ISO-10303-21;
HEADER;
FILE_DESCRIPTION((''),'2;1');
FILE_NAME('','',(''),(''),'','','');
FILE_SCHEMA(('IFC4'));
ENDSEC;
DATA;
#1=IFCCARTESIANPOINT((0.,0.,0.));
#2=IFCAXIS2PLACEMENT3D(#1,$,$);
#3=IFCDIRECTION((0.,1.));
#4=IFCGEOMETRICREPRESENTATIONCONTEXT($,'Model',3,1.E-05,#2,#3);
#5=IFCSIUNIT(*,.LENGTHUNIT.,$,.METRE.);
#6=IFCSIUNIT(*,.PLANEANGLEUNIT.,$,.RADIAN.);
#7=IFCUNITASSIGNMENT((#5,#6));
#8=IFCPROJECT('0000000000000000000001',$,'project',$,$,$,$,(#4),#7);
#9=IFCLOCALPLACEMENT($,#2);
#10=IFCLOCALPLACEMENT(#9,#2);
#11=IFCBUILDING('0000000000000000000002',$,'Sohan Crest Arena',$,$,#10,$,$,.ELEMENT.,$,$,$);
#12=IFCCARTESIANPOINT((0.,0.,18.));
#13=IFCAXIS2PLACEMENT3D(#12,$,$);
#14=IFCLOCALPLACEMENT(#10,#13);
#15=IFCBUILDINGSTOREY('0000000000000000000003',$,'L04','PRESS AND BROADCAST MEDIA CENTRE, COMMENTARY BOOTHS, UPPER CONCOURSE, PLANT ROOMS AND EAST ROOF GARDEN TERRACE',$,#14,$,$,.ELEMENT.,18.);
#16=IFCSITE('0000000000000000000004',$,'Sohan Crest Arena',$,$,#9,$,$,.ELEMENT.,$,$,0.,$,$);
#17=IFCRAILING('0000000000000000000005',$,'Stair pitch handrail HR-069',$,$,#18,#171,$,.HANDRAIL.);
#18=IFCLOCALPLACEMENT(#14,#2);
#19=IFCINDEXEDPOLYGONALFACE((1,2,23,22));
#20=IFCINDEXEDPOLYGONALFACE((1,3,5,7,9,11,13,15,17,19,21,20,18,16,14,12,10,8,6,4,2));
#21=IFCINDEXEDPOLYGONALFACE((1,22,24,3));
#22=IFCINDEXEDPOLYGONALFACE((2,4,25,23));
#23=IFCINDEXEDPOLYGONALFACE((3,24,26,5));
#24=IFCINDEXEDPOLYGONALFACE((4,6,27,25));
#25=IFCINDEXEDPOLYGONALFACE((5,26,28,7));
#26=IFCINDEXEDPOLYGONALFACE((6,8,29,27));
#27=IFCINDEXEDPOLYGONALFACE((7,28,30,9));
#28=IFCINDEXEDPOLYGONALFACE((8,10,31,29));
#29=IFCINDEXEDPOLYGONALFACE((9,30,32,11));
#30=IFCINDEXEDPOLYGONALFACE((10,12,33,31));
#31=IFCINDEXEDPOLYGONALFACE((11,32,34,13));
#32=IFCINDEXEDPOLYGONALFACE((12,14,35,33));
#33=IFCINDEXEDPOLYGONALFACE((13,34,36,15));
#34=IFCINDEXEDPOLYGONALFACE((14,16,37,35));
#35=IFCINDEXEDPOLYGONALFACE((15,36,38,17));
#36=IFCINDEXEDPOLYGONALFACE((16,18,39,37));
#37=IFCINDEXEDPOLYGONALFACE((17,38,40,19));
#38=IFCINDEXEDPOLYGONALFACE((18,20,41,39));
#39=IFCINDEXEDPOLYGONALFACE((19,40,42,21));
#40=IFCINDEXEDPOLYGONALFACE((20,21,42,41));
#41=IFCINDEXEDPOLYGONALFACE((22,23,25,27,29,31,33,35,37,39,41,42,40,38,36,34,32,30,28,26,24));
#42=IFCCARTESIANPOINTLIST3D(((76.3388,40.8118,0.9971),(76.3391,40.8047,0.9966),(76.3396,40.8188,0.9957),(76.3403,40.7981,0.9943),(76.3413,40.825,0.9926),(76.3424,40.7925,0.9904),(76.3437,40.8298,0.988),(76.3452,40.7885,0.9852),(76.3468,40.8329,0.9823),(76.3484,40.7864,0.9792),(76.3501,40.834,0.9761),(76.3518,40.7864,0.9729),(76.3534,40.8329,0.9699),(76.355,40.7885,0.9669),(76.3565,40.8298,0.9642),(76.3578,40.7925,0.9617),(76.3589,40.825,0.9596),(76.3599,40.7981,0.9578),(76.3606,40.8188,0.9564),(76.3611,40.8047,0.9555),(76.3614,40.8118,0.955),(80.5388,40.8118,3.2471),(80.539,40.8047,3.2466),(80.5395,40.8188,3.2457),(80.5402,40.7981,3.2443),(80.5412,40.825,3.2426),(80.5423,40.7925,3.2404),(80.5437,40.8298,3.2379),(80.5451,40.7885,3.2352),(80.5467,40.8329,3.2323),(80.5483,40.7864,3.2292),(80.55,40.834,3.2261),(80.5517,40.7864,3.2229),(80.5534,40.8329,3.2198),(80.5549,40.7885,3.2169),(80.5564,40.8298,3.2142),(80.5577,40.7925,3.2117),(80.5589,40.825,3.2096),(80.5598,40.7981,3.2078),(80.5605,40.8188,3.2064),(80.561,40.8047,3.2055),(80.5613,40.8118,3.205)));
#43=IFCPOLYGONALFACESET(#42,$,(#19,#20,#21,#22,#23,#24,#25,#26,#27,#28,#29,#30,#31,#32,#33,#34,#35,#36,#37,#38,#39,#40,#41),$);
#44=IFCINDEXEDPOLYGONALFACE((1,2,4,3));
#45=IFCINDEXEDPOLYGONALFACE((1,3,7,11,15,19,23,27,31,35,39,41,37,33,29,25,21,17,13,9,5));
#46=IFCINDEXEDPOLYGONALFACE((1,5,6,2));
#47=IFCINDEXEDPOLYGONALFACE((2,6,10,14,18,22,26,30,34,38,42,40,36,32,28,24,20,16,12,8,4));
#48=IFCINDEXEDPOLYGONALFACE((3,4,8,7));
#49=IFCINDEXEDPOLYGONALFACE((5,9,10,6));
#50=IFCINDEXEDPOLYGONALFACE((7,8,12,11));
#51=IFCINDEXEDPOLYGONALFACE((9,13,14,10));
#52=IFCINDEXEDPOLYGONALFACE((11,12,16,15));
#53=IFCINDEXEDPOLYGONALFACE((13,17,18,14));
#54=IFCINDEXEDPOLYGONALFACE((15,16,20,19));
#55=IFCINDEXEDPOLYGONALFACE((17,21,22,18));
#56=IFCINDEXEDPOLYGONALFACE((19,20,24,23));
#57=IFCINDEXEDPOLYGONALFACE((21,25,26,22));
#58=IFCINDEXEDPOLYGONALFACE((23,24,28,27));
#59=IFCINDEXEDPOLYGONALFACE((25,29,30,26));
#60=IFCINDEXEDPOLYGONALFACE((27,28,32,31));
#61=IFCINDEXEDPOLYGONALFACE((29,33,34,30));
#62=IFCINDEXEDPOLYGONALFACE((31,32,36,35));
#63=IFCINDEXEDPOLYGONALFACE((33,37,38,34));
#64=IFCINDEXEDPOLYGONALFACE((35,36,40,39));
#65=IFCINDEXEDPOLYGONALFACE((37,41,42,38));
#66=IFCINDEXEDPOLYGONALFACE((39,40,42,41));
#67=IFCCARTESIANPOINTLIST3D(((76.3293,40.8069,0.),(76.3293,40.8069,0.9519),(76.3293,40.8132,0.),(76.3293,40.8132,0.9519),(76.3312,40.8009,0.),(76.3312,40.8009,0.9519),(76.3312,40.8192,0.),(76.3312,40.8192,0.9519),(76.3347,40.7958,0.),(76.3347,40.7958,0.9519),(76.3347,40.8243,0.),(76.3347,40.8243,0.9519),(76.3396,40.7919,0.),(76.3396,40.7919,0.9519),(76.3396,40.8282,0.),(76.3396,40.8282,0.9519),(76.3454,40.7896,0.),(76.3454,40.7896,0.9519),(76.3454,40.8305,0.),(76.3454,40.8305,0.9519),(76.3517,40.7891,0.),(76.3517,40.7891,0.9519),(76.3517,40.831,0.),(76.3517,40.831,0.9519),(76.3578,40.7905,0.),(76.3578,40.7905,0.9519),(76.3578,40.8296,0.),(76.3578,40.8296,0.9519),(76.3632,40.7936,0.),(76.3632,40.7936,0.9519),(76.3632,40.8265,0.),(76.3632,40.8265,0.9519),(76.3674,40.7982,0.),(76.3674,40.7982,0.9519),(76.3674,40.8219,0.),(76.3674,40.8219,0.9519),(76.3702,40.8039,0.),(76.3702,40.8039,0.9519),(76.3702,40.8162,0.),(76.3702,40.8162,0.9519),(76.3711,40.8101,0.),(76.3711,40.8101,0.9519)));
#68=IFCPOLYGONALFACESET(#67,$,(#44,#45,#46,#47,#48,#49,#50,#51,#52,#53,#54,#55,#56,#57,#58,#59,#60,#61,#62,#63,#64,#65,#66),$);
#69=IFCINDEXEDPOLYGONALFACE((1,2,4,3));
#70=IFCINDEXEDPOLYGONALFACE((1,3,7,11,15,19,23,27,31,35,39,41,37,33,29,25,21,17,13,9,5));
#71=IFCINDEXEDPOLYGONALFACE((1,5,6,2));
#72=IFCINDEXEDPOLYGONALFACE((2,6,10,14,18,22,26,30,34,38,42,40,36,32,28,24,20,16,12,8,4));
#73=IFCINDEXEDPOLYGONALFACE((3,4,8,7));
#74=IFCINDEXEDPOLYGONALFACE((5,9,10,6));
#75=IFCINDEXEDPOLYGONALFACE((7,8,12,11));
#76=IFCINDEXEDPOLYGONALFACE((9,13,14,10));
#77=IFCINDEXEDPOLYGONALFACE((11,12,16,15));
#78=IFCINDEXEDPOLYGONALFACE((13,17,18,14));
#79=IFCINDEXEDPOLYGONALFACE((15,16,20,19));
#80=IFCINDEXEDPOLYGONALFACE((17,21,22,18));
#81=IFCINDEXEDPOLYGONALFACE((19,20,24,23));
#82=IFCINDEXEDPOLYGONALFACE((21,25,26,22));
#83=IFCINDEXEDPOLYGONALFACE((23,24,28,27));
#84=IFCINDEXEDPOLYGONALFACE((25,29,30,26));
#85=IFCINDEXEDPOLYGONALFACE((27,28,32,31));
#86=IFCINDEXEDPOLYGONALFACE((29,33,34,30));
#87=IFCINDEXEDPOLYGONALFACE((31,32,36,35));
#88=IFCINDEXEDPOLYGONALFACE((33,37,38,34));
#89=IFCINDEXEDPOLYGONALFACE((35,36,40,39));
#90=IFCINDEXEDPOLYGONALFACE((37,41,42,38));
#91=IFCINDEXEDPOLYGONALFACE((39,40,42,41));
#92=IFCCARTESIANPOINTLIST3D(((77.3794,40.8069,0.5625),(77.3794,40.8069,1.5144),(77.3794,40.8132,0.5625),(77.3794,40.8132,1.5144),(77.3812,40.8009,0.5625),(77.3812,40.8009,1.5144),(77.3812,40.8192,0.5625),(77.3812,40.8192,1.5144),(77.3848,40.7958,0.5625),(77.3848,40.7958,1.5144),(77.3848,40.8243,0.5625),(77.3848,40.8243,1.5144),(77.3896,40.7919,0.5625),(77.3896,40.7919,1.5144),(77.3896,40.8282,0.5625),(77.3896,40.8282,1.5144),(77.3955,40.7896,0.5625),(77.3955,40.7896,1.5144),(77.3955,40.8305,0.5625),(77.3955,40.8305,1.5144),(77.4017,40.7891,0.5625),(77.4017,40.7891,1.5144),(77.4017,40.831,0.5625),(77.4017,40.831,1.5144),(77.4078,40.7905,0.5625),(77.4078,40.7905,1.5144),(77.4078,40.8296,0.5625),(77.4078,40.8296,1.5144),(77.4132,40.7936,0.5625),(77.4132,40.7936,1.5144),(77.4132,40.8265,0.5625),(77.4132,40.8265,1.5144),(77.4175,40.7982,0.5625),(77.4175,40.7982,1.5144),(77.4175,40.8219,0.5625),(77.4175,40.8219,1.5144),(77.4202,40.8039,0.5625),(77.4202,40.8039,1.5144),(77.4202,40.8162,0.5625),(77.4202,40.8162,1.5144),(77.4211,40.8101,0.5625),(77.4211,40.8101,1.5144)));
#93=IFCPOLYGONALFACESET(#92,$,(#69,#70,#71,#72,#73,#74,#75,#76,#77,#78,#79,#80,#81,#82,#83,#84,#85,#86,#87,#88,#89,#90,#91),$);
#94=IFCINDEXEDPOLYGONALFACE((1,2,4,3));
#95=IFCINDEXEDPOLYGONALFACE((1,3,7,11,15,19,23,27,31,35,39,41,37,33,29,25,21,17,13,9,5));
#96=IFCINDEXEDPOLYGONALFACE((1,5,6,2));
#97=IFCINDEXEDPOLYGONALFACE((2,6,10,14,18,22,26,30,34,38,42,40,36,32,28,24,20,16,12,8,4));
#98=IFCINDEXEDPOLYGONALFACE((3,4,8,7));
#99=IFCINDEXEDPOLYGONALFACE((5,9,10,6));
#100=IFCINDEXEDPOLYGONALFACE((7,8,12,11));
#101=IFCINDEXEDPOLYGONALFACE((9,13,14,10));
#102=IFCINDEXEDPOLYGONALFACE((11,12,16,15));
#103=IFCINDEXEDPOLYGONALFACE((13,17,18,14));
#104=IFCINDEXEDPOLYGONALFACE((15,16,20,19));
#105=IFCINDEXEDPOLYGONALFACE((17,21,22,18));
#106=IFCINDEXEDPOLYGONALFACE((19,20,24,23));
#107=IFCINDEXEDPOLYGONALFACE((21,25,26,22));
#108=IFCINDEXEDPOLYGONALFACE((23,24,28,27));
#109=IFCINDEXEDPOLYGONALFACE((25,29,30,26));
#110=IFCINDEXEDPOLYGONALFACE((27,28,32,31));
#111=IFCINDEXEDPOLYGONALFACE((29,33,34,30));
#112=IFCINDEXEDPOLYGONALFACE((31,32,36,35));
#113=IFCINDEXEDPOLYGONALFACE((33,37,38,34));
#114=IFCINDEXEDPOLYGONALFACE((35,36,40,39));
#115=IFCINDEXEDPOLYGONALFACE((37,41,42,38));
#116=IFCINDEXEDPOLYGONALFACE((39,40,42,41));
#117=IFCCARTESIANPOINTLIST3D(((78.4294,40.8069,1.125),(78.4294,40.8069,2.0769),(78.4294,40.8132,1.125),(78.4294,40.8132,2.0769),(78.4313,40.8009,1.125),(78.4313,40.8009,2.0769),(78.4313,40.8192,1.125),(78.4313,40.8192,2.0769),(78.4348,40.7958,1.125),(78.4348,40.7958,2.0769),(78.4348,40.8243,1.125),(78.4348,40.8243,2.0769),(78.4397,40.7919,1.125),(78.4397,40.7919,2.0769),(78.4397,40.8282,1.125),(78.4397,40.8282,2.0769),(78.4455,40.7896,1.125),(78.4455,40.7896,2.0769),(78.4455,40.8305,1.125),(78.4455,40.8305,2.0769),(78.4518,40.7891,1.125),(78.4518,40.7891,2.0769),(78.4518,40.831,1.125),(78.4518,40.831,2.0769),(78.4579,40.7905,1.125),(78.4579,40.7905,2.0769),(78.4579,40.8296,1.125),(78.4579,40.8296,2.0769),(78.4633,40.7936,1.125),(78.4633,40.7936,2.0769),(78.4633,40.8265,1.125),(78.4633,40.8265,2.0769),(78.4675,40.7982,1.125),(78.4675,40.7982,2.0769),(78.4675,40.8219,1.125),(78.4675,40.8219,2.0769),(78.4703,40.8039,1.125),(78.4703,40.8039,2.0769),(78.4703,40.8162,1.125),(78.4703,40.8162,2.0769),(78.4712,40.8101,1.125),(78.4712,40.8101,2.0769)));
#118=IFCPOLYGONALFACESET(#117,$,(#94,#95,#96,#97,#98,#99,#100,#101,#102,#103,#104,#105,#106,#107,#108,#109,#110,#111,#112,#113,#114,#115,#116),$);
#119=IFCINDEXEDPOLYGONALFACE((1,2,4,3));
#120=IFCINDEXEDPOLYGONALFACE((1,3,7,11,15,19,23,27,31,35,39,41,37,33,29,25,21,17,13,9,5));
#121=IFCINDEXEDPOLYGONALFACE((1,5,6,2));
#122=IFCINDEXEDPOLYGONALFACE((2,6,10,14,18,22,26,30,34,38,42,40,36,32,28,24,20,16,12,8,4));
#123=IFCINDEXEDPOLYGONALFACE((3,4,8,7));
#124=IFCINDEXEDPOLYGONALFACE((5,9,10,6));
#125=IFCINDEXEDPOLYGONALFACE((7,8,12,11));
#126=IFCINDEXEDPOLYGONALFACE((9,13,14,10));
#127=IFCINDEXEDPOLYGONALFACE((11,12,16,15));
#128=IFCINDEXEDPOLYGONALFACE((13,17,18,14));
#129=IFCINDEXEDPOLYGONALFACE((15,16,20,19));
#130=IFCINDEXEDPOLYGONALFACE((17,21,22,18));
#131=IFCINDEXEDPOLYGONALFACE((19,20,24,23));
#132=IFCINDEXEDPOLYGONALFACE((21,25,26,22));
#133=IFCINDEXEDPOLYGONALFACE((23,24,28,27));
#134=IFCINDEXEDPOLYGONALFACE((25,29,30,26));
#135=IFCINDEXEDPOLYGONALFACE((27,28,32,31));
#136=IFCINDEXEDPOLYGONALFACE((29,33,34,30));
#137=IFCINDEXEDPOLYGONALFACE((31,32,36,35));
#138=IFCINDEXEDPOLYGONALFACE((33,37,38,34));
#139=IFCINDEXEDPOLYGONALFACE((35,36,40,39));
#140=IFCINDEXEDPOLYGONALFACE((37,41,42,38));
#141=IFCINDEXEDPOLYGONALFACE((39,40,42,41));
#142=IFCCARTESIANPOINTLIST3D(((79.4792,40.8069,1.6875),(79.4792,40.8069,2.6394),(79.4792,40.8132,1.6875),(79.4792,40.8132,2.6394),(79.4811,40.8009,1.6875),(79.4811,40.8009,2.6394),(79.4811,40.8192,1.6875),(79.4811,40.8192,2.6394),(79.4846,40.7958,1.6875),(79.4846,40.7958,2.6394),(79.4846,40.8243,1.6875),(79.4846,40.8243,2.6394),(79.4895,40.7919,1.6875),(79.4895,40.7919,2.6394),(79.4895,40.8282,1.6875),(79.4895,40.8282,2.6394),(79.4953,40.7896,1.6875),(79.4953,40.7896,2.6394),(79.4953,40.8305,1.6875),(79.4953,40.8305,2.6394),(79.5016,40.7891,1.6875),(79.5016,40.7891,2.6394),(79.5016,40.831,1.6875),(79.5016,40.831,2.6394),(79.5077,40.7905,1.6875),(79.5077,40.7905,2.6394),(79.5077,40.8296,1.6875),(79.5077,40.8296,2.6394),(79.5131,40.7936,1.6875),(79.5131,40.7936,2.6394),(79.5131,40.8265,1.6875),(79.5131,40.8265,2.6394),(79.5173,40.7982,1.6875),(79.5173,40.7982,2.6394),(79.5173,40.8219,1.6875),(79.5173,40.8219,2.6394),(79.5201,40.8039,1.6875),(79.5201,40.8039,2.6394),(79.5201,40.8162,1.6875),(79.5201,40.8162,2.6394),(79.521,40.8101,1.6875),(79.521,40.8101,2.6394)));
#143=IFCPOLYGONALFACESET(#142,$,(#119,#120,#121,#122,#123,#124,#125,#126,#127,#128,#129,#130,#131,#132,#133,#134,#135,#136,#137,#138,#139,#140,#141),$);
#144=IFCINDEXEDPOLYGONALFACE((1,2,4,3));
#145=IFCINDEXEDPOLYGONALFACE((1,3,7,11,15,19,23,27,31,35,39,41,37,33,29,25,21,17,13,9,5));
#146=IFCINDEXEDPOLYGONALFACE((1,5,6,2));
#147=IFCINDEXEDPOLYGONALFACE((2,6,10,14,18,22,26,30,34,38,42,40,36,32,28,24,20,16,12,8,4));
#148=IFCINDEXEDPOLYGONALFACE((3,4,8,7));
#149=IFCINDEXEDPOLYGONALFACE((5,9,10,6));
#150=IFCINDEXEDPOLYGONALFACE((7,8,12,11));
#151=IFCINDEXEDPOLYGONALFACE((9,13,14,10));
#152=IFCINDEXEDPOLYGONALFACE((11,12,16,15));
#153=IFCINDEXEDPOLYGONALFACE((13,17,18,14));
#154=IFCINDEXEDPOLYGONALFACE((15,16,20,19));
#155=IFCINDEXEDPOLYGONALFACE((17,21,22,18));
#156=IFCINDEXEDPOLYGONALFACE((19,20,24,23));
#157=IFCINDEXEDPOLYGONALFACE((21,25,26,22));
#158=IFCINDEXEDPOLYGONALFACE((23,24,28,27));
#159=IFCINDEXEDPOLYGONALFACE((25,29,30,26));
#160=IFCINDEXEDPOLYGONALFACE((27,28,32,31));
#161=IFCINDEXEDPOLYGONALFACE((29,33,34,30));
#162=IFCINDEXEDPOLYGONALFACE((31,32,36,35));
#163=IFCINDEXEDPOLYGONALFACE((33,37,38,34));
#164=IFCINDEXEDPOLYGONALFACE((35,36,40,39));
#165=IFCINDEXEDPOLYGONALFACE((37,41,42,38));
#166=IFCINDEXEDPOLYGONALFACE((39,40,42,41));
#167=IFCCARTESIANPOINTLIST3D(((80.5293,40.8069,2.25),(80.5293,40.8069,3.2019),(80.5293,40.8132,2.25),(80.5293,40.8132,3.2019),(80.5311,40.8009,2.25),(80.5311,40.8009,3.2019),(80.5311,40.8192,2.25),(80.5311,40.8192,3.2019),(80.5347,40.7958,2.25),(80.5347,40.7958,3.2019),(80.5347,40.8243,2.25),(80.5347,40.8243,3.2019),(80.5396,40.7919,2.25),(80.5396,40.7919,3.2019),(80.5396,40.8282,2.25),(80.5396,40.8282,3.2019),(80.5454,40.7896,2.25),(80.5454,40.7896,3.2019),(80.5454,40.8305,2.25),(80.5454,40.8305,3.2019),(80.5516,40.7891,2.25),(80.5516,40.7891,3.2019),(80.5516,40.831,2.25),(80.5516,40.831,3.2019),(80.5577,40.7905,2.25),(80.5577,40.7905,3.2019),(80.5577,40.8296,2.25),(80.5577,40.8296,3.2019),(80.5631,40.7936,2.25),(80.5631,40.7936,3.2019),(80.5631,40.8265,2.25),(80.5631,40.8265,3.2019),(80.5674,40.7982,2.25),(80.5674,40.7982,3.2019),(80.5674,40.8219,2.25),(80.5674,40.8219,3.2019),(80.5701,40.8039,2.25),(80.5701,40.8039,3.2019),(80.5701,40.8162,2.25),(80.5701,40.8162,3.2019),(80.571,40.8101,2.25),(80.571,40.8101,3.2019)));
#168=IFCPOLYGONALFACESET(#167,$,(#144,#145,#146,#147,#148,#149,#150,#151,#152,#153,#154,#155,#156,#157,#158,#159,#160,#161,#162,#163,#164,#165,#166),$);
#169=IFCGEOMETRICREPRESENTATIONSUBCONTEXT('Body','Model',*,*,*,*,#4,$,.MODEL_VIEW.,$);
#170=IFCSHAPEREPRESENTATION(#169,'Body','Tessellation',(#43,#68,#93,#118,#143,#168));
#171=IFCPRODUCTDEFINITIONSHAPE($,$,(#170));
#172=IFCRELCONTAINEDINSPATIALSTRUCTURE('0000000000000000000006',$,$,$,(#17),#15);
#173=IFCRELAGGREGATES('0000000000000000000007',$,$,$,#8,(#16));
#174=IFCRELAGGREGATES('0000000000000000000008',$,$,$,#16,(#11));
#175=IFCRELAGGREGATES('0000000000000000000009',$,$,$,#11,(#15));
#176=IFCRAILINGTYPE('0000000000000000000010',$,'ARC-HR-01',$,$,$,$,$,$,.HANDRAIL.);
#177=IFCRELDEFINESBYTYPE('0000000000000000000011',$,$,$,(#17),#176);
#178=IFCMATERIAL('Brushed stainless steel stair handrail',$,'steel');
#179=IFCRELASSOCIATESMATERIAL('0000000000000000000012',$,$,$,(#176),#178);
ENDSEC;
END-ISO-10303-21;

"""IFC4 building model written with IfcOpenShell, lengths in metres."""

from ifc_helpers import new_model, si_unit, direction, frame, origin, origin_2d, place, context, subcontext, project, spatial, circle, extrude, material, type_object, element, save


model = new_model("IFC4")

# Units and contexts
model_context = context("Model", 3, precision=1e-05, world=origin(), true_north=direction((0.0, 1.0)))
body_context = subcontext(model_context, "Body", "Model", "MODEL_VIEW")
ifc_project = project(units=[si_unit("LENGTHUNIT", "METRE"), si_unit("PLANEANGLEUNIT", "RADIAN")], contexts=[model_context])

# Site, building, storey
site_placement = place(None, origin())
site = spatial("IfcSite", under=ifc_project, at=site_placement, Name="Sohan Crest Arena", CompositionType="ELEMENT", RefElevation=0.0)
building_placement = place(site_placement, origin())
building = spatial("IfcBuilding", under=site, at=building_placement, Name="Sohan Crest Arena", CompositionType="ELEMENT")
storey_placement = place(building_placement, frame((0.0, 0.0, 18.0)))
storey = spatial("IfcBuildingStorey", under=building, at=storey_placement, Name="L04", Description="PRESS AND BROADCAST MEDIA CENTRE, COMMENTARY BOOTHS, UPPER CONCOURSE, PLANT ROOMS AND EAST ROOF GARDEN TERRACE", CompositionType="ELEMENT", Elevation=18.0)

# Railing
ifc_material_1 = material(Name="Brushed stainless steel stair handrail", Category="steel")
railing_type_1 = type_object("IfcRailingType", Name="ARC-HR-01", PredefinedType="HANDRAIL", material=ifc_material_1)
for number, where, name in (
    (1, (76.3501, 40.8101, 0.0), "Stair pitch handrail HR-069"),
):
    element("IfcRailing", number, at=place(storey_placement, frame(where)), inside=storey, type_object=railing_type_1, Name=name, PredefinedType="HANDRAIL", context=body_context, shape_type="SweptSolid", body=[
        extrude(circle(Radius=0.0239, at=origin_2d()), frame((0.0, 0.0, 0.9761), z_axis=(0.881478, 0.0, 0.472226), x_axis=(0.0, 1.0, 0.0)), (0.0, 0.0, 1.0), 4.7646),
        extrude(circle(Radius=0.021, at=origin_2d()), origin(), (0.0, 0.0, 1.0), 0.9519),
        extrude(circle(Radius=0.021, at=origin_2d()), frame((1.05, 0.0, 0.5625)), (0.0, 0.0, 1.0), 0.9519),
        extrude(circle(Radius=0.021, at=origin_2d()), frame((2.1001, 0.0, 1.125)), (0.0, 0.0, 1.0), 0.9519),
        extrude(circle(Radius=0.021, at=origin_2d()), frame((3.1499, 0.0, 1.6875)), (0.0, 0.0, 1.0), 0.9519),
        extrude(circle(Radius=0.021, at=origin_2d()), frame((4.2, 0.0, 2.25)), (0.0, 0.0, 1.0), 0.9519),
    ])

save(model, "model.ifc")
